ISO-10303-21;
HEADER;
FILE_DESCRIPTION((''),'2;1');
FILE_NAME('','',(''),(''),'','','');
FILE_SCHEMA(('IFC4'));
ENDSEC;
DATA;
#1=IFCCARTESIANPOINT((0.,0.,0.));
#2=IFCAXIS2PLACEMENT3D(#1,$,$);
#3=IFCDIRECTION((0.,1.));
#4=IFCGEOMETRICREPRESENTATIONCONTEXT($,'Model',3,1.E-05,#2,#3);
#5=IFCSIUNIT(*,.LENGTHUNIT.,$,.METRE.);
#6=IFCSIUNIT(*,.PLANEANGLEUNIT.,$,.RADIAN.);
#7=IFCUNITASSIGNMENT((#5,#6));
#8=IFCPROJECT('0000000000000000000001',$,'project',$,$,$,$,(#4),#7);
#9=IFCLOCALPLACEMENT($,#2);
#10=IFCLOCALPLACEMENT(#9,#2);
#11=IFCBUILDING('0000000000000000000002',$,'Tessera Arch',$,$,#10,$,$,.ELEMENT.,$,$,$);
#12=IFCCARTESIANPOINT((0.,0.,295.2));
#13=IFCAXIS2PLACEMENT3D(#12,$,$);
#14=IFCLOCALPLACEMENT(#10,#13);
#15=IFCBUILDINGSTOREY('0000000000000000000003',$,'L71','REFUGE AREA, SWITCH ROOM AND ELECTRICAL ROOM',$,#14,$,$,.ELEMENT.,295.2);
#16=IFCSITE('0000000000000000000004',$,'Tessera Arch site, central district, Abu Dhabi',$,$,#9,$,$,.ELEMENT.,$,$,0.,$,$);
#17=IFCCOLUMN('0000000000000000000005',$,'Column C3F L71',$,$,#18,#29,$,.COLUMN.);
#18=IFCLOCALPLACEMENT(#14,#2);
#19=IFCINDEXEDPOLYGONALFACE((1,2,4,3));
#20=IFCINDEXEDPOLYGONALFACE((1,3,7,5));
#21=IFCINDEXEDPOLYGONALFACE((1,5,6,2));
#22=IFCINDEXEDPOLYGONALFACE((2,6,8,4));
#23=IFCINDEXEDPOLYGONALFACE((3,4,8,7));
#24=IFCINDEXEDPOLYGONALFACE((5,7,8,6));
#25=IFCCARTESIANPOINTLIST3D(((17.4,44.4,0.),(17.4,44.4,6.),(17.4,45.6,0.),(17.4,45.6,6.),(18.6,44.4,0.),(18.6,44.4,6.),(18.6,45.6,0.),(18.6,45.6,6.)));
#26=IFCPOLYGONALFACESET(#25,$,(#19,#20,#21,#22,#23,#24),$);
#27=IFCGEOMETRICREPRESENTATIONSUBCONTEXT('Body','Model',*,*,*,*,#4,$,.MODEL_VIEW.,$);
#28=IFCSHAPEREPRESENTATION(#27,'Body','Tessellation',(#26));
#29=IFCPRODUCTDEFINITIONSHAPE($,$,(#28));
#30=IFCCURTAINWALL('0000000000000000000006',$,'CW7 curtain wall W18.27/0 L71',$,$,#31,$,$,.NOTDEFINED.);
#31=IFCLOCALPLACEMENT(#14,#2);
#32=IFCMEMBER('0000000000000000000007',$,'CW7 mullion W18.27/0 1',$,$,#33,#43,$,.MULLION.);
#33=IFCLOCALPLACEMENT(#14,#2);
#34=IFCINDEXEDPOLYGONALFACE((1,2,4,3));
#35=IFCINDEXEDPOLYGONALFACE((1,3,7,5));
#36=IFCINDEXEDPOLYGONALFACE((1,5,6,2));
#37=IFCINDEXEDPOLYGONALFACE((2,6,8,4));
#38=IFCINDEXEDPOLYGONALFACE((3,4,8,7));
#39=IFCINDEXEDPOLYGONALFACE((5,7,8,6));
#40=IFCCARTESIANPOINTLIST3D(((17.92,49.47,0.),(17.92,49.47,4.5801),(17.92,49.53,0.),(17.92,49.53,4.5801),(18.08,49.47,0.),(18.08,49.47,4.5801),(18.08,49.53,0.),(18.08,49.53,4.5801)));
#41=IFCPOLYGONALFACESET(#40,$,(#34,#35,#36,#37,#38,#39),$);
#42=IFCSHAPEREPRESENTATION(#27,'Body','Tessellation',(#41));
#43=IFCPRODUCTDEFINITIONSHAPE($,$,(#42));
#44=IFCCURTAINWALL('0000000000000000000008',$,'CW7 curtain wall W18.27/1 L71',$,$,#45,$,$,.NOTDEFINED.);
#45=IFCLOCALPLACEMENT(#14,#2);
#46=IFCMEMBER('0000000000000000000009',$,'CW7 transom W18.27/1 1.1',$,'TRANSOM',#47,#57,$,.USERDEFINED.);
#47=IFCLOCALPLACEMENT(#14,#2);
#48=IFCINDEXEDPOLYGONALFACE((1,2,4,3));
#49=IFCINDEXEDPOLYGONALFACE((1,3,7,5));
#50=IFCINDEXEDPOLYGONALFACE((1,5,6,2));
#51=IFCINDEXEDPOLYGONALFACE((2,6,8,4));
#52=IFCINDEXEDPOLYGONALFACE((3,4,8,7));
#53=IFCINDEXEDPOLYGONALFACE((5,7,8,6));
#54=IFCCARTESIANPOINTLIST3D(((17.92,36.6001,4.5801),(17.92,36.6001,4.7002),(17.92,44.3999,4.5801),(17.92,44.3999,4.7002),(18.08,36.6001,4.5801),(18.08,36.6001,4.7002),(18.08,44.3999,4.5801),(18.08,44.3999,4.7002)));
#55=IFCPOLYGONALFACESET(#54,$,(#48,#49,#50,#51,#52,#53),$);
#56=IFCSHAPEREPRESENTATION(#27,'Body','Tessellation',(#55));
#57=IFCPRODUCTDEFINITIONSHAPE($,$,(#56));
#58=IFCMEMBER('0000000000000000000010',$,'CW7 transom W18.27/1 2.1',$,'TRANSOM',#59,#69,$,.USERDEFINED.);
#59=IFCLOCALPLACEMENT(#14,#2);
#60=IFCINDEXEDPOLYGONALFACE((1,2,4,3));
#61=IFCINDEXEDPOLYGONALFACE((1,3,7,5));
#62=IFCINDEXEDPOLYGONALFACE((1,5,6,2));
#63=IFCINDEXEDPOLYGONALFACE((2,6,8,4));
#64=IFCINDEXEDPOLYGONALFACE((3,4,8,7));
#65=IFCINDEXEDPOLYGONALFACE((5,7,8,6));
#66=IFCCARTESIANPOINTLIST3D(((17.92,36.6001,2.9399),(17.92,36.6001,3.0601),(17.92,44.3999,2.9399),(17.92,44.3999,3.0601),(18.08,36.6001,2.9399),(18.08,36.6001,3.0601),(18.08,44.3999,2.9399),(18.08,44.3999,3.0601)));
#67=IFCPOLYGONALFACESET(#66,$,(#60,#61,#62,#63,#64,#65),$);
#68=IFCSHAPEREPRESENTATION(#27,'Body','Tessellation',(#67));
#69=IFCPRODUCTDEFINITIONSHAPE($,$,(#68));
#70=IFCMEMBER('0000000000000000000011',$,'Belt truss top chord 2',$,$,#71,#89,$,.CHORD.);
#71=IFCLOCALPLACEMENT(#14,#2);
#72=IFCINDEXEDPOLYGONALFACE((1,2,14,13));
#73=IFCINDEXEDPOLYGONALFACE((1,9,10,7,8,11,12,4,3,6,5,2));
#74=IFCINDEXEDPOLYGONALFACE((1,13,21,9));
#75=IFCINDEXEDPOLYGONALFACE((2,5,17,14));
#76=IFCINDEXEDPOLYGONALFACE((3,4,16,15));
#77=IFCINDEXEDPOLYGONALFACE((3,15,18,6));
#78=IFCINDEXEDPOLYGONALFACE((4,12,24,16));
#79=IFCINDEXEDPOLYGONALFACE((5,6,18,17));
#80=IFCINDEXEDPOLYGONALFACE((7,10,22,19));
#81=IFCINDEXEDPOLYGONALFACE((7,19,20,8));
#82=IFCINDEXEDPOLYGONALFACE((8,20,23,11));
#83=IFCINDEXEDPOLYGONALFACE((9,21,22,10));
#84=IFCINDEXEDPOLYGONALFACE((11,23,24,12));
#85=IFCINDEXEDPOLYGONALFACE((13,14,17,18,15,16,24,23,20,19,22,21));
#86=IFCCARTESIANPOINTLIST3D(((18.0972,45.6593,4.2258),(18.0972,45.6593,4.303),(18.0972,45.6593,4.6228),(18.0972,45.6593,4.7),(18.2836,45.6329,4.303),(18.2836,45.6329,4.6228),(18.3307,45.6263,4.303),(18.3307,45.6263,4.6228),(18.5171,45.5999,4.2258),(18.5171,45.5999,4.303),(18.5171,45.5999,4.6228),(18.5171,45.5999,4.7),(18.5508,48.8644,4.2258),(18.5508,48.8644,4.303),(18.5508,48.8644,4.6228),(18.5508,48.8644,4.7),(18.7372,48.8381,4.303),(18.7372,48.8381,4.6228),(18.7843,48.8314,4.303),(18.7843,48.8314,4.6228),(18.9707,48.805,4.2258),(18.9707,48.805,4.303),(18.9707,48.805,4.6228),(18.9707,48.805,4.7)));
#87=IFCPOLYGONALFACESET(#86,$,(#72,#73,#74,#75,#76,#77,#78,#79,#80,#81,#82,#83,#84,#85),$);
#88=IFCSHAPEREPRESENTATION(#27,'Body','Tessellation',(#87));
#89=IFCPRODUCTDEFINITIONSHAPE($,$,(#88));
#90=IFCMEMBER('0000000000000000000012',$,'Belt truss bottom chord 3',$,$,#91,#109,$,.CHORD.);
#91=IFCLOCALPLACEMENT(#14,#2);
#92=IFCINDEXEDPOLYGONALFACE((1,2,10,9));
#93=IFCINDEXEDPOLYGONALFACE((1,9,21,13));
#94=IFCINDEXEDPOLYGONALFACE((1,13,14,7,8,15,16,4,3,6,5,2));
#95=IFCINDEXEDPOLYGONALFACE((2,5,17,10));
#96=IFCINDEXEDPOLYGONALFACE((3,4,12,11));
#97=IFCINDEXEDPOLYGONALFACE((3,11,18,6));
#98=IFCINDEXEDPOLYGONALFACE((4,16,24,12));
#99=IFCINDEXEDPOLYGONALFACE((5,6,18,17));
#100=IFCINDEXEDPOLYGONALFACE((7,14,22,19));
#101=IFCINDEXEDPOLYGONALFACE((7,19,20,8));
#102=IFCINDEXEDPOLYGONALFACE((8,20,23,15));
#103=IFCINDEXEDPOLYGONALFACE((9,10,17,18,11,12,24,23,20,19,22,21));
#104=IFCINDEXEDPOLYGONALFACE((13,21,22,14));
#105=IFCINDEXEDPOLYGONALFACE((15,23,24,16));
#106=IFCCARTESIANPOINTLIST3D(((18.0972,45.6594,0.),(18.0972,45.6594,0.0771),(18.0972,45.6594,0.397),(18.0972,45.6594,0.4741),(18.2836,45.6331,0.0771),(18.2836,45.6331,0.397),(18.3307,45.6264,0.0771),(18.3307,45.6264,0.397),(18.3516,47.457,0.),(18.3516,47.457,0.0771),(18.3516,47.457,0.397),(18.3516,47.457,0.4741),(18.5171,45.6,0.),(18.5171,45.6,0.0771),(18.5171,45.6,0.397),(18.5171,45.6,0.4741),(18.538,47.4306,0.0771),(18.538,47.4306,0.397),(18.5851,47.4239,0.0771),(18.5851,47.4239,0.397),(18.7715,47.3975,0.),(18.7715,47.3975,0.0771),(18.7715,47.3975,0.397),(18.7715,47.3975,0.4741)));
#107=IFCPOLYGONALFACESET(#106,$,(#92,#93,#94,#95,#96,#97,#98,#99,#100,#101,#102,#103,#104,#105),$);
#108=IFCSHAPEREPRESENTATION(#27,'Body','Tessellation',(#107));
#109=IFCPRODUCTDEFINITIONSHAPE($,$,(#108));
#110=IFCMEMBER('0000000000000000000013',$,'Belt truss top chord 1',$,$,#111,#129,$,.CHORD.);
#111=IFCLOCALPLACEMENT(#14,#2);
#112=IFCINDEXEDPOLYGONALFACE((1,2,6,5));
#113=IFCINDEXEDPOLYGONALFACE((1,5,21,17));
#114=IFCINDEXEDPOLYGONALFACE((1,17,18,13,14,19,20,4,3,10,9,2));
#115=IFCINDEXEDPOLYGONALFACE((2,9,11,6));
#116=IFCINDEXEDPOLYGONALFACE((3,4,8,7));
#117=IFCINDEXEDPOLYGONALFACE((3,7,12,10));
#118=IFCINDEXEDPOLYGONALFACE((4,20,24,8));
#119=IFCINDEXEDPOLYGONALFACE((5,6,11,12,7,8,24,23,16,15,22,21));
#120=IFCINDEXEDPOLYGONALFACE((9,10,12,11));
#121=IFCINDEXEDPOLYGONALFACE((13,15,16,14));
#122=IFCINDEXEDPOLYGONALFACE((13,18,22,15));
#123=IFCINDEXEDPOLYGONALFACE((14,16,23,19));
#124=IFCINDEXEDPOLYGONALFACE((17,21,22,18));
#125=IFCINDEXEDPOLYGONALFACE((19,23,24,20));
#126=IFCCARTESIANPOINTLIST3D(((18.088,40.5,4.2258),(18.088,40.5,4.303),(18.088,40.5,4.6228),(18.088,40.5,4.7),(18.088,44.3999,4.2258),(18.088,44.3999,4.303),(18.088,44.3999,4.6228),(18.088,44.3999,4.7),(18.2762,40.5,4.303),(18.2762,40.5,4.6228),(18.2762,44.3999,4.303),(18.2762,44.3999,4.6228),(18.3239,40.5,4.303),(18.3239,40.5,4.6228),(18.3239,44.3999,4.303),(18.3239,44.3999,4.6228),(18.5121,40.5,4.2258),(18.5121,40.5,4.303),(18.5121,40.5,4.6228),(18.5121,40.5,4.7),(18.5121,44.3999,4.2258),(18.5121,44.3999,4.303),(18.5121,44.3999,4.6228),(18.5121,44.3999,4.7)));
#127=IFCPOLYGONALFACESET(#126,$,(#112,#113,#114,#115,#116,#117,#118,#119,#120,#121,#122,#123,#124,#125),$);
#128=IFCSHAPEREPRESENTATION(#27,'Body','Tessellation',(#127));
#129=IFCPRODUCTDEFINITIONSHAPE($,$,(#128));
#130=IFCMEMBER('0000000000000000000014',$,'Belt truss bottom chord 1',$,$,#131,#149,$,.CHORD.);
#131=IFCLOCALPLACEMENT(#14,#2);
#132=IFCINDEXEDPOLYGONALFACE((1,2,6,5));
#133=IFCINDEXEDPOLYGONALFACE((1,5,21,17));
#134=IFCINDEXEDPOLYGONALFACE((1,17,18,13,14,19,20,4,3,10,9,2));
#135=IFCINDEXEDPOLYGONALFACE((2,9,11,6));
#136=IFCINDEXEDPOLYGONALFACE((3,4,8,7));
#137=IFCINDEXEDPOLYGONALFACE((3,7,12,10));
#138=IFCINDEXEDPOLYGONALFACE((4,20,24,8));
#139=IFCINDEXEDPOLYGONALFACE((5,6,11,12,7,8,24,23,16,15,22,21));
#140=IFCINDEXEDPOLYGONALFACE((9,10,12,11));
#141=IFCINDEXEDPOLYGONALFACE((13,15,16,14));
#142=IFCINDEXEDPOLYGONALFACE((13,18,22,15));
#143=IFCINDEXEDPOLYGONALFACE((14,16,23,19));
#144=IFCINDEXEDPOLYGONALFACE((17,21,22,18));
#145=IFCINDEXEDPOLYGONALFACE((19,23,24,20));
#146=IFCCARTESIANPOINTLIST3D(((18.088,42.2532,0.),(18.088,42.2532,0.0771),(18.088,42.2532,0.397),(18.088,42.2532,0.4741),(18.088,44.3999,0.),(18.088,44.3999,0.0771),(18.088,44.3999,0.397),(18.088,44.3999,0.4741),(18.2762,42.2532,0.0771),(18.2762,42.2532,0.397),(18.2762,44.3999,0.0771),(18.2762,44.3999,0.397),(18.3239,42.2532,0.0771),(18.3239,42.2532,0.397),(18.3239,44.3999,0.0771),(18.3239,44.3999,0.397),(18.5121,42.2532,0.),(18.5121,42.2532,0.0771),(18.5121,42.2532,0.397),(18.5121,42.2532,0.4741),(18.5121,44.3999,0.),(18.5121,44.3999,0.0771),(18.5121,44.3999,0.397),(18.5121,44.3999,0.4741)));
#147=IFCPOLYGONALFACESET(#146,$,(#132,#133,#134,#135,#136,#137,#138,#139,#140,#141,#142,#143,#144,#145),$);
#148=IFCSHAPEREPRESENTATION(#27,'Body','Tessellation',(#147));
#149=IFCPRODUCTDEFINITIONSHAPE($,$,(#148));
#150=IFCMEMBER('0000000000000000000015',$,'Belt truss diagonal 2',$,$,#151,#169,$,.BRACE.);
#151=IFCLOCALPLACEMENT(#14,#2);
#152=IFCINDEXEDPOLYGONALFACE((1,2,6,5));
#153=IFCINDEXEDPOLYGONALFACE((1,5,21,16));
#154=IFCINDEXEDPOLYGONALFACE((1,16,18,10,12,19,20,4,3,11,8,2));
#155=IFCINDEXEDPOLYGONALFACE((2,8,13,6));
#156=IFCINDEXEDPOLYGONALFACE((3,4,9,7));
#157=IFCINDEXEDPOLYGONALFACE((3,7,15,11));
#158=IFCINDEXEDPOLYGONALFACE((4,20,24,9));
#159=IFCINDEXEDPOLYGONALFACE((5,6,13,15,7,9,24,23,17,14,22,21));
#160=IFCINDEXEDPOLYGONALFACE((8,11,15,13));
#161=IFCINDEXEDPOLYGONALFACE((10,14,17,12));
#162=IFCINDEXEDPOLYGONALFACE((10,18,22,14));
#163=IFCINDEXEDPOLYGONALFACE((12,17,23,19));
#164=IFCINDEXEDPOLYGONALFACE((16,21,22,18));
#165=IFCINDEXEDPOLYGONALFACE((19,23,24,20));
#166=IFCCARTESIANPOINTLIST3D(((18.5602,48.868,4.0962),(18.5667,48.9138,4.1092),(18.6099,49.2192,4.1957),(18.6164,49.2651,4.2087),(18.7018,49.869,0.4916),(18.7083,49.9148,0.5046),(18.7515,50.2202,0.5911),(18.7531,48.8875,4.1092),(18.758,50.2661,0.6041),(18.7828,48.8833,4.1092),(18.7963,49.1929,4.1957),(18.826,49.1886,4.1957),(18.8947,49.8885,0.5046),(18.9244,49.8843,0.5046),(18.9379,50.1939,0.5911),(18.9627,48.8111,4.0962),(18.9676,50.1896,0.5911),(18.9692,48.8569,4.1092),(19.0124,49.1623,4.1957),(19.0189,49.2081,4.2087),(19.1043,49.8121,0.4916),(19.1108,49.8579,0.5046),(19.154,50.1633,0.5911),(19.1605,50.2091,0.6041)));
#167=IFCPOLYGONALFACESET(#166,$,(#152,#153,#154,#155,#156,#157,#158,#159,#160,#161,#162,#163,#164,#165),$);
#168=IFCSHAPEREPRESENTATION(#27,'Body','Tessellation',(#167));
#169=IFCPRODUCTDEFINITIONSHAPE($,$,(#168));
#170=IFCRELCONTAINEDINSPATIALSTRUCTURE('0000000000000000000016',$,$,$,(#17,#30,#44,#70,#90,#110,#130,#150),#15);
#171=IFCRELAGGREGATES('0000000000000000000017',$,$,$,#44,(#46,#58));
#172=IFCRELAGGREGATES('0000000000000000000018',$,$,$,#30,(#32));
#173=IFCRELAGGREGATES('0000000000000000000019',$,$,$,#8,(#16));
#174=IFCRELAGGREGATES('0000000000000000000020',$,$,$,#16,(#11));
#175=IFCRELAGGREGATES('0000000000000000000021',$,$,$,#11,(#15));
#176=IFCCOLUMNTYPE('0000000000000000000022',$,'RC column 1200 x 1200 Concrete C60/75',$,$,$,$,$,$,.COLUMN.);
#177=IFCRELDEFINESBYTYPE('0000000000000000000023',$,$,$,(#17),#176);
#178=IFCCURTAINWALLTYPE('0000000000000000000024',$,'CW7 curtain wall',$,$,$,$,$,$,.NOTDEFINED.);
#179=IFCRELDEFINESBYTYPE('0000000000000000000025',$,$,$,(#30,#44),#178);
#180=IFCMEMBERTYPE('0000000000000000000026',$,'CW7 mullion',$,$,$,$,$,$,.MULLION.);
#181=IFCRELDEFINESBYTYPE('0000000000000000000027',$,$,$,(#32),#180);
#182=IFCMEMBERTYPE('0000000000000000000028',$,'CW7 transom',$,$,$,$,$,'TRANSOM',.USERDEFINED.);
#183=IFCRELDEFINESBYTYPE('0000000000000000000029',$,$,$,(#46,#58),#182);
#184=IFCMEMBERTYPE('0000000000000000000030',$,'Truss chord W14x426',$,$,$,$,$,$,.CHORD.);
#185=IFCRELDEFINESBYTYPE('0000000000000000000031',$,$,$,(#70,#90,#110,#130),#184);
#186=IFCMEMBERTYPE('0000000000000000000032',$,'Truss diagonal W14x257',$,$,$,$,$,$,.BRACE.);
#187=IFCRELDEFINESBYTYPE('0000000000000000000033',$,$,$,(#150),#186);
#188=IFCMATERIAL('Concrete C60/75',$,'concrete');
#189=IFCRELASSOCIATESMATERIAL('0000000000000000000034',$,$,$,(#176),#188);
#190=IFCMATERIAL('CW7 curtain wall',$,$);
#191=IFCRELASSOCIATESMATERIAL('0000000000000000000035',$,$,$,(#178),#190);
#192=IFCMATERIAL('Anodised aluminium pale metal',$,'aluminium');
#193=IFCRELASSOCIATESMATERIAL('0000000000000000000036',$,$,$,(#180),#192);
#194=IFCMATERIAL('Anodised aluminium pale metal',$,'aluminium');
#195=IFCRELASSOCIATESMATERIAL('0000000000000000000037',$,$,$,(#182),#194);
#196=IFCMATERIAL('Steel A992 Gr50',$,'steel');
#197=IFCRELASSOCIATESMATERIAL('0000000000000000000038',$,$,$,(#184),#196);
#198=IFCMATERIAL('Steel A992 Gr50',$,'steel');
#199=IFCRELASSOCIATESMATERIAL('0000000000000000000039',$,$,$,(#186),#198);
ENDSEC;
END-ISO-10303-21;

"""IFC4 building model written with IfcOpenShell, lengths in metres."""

from ifc_helpers import new_model, si_unit, direction, frame, origin, origin_2d, place, context, subcontext, project, spatial, rectangle, i_section, extrude, material, material_profile, profile_set, type_object, element, aggregate, save


model = new_model("IFC4")

# Units and contexts
model_context = context("Model", 3, precision=1e-05, world=origin(), true_north=direction((0.0, 1.0)))
body_context = subcontext(model_context, "Body", "Model", "MODEL_VIEW")
ifc_project = project(units=[si_unit("LENGTHUNIT", "METRE"), si_unit("PLANEANGLEUNIT", "RADIAN")], contexts=[model_context])

# Site, building, storey
site_placement = place(None, origin())
site = spatial("IfcSite", under=ifc_project, at=site_placement, Name="Tessera Arch site, central district, Abu Dhabi", CompositionType="ELEMENT", RefElevation=0.0)
building_placement = place(site_placement, origin())
building = spatial("IfcBuilding", under=site, at=building_placement, Name="Tessera Arch", CompositionType="ELEMENT")
storey_placement = place(building_placement, frame((0.0, 0.0, 295.2)))
storey = spatial("IfcBuildingStorey", under=building, at=storey_placement, Name="L71", Description="REFUGE AREA, SWITCH ROOM AND ELECTRICAL ROOM", CompositionType="ELEMENT", Elevation=295.2)

# Column
ifc_material_1 = material(Name="Concrete C60/75", Category="concrete")
ifc_material_profile_1 = material_profile(ifc_material_1, rectangle(XDim=1.2, YDim=1.2, at=origin_2d()), Name="RC column 1200 x 1200 Concrete C60/75")
ifc_profile_set_1 = profile_set([ifc_material_profile_1], Name="Concrete C60/75")
column_type = type_object("IfcColumnType", Name="RC column 1200 x 1200 Concrete C60/75", PredefinedType="COLUMN", material=ifc_profile_set_1)
column_placement = place(storey_placement, frame((18.0, 45.0, 0.0), z_axis=(0.0, 0.0, 1.0), x_axis=(1.0, 0.0, 0.0)))
element("IfcColumn", 1, at=column_placement, inside=storey, type_object=column_type, Name="Column C3F L71", PredefinedType="COLUMN", context=body_context, shape_type="SweptSolid", body=[
    extrude(rectangle(XDim=1.2, YDim=1.2, at=origin_2d()), origin(), (0.0, 0.0, 1.0), 6.0),
])

# Curtain wall, member
ifc_material_2 = material(Name="CW7 curtain wall")
curtain_wall_type = type_object("IfcCurtainWallType", Name="CW7 curtain wall", PredefinedType="NOTDEFINED", material=ifc_material_2)
curtain_wall_1_placement = place(storey_placement, origin())
curtain_wall_1 = element("IfcCurtainWall", 2, at=curtain_wall_1_placement, inside=storey, type_object=curtain_wall_type, Name="CW7 curtain wall W18.27/0 L71", PredefinedType="NOTDEFINED")
ifc_material_3 = material(Name="Anodised aluminium pale metal", Category="aluminium")
ifc_material_profile_2 = material_profile(ifc_material_3, rectangle(XDim=0.1599, YDim=0.0601, at=origin_2d()), Name="AL 60x160")
ifc_profile_set_2 = profile_set([ifc_material_profile_2], Name="Anodised aluminium pale metal")
member_type_1 = type_object("IfcMemberType", Name="CW7 mullion", PredefinedType="MULLION", material=ifc_profile_set_2)
member_1_placement = place(storey_placement, frame((18.0, 49.5, 0.0), z_axis=(0.0, 0.0, 1.0), x_axis=(1.0, 0.0, 0.0)))
member_1 = element("IfcMember", 3, at=member_1_placement, type_object=member_type_1, Name="CW7 mullion W18.27/0 1", PredefinedType="MULLION", context=body_context, shape_type="SweptSolid", body=[
    extrude(rectangle(XDim=0.1599, YDim=0.0601, at=origin_2d()), origin(), (0.0, 0.0, 1.0), 4.5801),
])

# Curtain wall, members
curtain_wall_2_placement = place(storey_placement, origin())
curtain_wall_2 = element("IfcCurtainWall", 4, at=curtain_wall_2_placement, inside=storey, type_object=curtain_wall_type, Name="CW7 curtain wall W18.27/1 L71", PredefinedType="NOTDEFINED")
ifc_material_4 = material(Name="Anodised aluminium pale metal", Category="aluminium")
ifc_material_profile_3 = material_profile(ifc_material_4, rectangle(XDim=0.1599, YDim=0.1201, at=origin_2d()), Name="AL 160x120")
ifc_profile_set_3 = profile_set([ifc_material_profile_3], Name="Anodised aluminium pale metal")
member_type_2 = type_object("IfcMemberType", Name="CW7 transom", ElementType="TRANSOM", PredefinedType="USERDEFINED", material=ifc_profile_set_3)
member_2_placement = place(storey_placement, frame((18.0, 44.3999, 4.6401), z_axis=(0.0, -1.0, 0.0), x_axis=(1.0, 0.0, 0.0)))
member_2 = element("IfcMember", 5, at=member_2_placement, type_object=member_type_2, Name="CW7 transom W18.27/1 1.1", ObjectType="TRANSOM", PredefinedType="USERDEFINED", context=body_context, shape_type="SweptSolid", body=[
    extrude(rectangle(XDim=0.1599, YDim=0.1201, at=origin_2d()), origin(), (0.0, 0.0, 1.0), 7.7998),
])
member_3_placement = place(storey_placement, frame((18.0, 44.3999, 3.0), z_axis=(0.0, -1.0, 0.0), x_axis=(1.0, 0.0, 0.0)))
member_3 = element("IfcMember", 6, at=member_3_placement, type_object=member_type_2, Name="CW7 transom W18.27/1 2.1", ObjectType="TRANSOM", PredefinedType="USERDEFINED", context=body_context, shape_type="SweptSolid", body=[
    extrude(rectangle(XDim=0.1599, YDim=0.1201, at=origin_2d()), origin(), (0.0, 0.0, 1.0), 7.7998),
])
aggregate(curtain_wall_2, [member_2, member_3])

# Members
ifc_material_5 = material(Name="Steel A992 Gr50", Category="steel")
ifc_material_profile_4 = material_profile(ifc_material_5, i_section(OverallWidth=0.4241, OverallDepth=0.4741, WebThickness=0.0476, FlangeThickness=0.0771, at=origin_2d()), Name="W14x426")
ifc_profile_set_4 = profile_set([ifc_material_profile_4], Name="Steel A992 Gr50")
member_type_3 = type_object("IfcMemberType", Name="Truss chord W14x426", PredefinedType="CHORD", material=ifc_profile_set_4)
member_4_placement = place(storey_placement, frame((18.7607, 48.8347, 4.4629), z_axis=(-0.140133, -0.990133, 0.0), x_axis=(0.990133, -0.140133, 0.0)))
element("IfcMember", 7, at=member_4_placement, inside=storey, type_object=member_type_3, Name="Belt truss top chord 2", PredefinedType="CHORD", context=body_context, shape_type="SweptSolid", body=[
    extrude(i_section(OverallWidth=0.4241, OverallDepth=0.4741, WebThickness=0.0476, FlangeThickness=0.0771, at=origin_2d()), origin(), (0.0, 0.0, 1.0), 3.2371),
])
member_5_placement = place(storey_placement, frame((18.5615, 47.4272, 0.2371), z_axis=(-0.140122, -0.990134, 0.0), x_axis=(0.990134, -0.140122, 0.0)))
element("IfcMember", 8, at=member_5_placement, inside=storey, type_object=member_type_3, Name="Belt truss bottom chord 3", PredefinedType="CHORD", context=body_context, shape_type="SweptSolid", body=[
    extrude(i_section(OverallWidth=0.4241, OverallDepth=0.4741, WebThickness=0.0476, FlangeThickness=0.0771, at=origin_2d()), origin(), (0.0, 0.0, 1.0), 1.8154),
])
member_6_placement = place(storey_placement, frame((18.3, 44.3999, 4.4629), z_axis=(0.0, -1.0, 0.0), x_axis=(1.0, 0.0, 0.0)))
element("IfcMember", 9, at=member_6_placement, inside=storey, type_object=member_type_3, Name="Belt truss top chord 1", PredefinedType="CHORD", context=body_context, shape_type="SweptSolid", body=[
    extrude(i_section(OverallWidth=0.4241, OverallDepth=0.4741, WebThickness=0.0476, FlangeThickness=0.0771, at=origin_2d()), origin(), (0.0, 0.0, 1.0), 3.8999),
])
member_7_placement = place(storey_placement, frame((18.3, 44.3999, 0.2371), z_axis=(0.0, -1.0, 0.0), x_axis=(1.0, 0.0, 0.0)))
element("IfcMember", 10, at=member_7_placement, inside=storey, type_object=member_type_3, Name="Belt truss bottom chord 1", PredefinedType="CHORD", context=body_context, shape_type="SweptSolid", body=[
    extrude(i_section(OverallWidth=0.4241, OverallDepth=0.4741, WebThickness=0.0476, FlangeThickness=0.0771, at=origin_2d()), origin(), (0.0, 0.0, 1.0), 2.1467),
])
ifc_material_6 = material(Name="Steel A992 Gr50", Category="steel")
ifc_material_profile_5 = material_profile(ifc_material_6, i_section(OverallWidth=0.4065, OverallDepth=0.4165, WebThickness=0.03, FlangeThickness=0.0481, at=origin_2d()), Name="W14x257")
ifc_profile_set_5 = profile_set([ifc_material_profile_5], Name="Steel A992 Gr50")
member_type_4 = type_object("IfcMemberType", Name="Truss diagonal W14x257", PredefinedType="BRACE", material=ifc_profile_set_5)
member_8_placement = place(storey_placement, frame((18.9312, 50.0391, 0.5479), z_axis=(-0.037825, -0.267385, 0.962847), x_axis=(0.990142, -0.140069, 0.0)))
element("IfcMember", 11, at=member_8_placement, inside=storey, type_object=member_type_4, Name="Belt truss diagonal 2", PredefinedType="BRACE", context=body_context, shape_type="SweptSolid", body=[
    extrude(i_section(OverallWidth=0.4065, OverallDepth=0.4165, WebThickness=0.03, FlangeThickness=0.0481, at=origin_2d()), origin(), (0.0, 0.0, 1.0), 3.7437),
])

aggregate(curtain_wall_1, [member_1])

save(model, "model.ifc")
